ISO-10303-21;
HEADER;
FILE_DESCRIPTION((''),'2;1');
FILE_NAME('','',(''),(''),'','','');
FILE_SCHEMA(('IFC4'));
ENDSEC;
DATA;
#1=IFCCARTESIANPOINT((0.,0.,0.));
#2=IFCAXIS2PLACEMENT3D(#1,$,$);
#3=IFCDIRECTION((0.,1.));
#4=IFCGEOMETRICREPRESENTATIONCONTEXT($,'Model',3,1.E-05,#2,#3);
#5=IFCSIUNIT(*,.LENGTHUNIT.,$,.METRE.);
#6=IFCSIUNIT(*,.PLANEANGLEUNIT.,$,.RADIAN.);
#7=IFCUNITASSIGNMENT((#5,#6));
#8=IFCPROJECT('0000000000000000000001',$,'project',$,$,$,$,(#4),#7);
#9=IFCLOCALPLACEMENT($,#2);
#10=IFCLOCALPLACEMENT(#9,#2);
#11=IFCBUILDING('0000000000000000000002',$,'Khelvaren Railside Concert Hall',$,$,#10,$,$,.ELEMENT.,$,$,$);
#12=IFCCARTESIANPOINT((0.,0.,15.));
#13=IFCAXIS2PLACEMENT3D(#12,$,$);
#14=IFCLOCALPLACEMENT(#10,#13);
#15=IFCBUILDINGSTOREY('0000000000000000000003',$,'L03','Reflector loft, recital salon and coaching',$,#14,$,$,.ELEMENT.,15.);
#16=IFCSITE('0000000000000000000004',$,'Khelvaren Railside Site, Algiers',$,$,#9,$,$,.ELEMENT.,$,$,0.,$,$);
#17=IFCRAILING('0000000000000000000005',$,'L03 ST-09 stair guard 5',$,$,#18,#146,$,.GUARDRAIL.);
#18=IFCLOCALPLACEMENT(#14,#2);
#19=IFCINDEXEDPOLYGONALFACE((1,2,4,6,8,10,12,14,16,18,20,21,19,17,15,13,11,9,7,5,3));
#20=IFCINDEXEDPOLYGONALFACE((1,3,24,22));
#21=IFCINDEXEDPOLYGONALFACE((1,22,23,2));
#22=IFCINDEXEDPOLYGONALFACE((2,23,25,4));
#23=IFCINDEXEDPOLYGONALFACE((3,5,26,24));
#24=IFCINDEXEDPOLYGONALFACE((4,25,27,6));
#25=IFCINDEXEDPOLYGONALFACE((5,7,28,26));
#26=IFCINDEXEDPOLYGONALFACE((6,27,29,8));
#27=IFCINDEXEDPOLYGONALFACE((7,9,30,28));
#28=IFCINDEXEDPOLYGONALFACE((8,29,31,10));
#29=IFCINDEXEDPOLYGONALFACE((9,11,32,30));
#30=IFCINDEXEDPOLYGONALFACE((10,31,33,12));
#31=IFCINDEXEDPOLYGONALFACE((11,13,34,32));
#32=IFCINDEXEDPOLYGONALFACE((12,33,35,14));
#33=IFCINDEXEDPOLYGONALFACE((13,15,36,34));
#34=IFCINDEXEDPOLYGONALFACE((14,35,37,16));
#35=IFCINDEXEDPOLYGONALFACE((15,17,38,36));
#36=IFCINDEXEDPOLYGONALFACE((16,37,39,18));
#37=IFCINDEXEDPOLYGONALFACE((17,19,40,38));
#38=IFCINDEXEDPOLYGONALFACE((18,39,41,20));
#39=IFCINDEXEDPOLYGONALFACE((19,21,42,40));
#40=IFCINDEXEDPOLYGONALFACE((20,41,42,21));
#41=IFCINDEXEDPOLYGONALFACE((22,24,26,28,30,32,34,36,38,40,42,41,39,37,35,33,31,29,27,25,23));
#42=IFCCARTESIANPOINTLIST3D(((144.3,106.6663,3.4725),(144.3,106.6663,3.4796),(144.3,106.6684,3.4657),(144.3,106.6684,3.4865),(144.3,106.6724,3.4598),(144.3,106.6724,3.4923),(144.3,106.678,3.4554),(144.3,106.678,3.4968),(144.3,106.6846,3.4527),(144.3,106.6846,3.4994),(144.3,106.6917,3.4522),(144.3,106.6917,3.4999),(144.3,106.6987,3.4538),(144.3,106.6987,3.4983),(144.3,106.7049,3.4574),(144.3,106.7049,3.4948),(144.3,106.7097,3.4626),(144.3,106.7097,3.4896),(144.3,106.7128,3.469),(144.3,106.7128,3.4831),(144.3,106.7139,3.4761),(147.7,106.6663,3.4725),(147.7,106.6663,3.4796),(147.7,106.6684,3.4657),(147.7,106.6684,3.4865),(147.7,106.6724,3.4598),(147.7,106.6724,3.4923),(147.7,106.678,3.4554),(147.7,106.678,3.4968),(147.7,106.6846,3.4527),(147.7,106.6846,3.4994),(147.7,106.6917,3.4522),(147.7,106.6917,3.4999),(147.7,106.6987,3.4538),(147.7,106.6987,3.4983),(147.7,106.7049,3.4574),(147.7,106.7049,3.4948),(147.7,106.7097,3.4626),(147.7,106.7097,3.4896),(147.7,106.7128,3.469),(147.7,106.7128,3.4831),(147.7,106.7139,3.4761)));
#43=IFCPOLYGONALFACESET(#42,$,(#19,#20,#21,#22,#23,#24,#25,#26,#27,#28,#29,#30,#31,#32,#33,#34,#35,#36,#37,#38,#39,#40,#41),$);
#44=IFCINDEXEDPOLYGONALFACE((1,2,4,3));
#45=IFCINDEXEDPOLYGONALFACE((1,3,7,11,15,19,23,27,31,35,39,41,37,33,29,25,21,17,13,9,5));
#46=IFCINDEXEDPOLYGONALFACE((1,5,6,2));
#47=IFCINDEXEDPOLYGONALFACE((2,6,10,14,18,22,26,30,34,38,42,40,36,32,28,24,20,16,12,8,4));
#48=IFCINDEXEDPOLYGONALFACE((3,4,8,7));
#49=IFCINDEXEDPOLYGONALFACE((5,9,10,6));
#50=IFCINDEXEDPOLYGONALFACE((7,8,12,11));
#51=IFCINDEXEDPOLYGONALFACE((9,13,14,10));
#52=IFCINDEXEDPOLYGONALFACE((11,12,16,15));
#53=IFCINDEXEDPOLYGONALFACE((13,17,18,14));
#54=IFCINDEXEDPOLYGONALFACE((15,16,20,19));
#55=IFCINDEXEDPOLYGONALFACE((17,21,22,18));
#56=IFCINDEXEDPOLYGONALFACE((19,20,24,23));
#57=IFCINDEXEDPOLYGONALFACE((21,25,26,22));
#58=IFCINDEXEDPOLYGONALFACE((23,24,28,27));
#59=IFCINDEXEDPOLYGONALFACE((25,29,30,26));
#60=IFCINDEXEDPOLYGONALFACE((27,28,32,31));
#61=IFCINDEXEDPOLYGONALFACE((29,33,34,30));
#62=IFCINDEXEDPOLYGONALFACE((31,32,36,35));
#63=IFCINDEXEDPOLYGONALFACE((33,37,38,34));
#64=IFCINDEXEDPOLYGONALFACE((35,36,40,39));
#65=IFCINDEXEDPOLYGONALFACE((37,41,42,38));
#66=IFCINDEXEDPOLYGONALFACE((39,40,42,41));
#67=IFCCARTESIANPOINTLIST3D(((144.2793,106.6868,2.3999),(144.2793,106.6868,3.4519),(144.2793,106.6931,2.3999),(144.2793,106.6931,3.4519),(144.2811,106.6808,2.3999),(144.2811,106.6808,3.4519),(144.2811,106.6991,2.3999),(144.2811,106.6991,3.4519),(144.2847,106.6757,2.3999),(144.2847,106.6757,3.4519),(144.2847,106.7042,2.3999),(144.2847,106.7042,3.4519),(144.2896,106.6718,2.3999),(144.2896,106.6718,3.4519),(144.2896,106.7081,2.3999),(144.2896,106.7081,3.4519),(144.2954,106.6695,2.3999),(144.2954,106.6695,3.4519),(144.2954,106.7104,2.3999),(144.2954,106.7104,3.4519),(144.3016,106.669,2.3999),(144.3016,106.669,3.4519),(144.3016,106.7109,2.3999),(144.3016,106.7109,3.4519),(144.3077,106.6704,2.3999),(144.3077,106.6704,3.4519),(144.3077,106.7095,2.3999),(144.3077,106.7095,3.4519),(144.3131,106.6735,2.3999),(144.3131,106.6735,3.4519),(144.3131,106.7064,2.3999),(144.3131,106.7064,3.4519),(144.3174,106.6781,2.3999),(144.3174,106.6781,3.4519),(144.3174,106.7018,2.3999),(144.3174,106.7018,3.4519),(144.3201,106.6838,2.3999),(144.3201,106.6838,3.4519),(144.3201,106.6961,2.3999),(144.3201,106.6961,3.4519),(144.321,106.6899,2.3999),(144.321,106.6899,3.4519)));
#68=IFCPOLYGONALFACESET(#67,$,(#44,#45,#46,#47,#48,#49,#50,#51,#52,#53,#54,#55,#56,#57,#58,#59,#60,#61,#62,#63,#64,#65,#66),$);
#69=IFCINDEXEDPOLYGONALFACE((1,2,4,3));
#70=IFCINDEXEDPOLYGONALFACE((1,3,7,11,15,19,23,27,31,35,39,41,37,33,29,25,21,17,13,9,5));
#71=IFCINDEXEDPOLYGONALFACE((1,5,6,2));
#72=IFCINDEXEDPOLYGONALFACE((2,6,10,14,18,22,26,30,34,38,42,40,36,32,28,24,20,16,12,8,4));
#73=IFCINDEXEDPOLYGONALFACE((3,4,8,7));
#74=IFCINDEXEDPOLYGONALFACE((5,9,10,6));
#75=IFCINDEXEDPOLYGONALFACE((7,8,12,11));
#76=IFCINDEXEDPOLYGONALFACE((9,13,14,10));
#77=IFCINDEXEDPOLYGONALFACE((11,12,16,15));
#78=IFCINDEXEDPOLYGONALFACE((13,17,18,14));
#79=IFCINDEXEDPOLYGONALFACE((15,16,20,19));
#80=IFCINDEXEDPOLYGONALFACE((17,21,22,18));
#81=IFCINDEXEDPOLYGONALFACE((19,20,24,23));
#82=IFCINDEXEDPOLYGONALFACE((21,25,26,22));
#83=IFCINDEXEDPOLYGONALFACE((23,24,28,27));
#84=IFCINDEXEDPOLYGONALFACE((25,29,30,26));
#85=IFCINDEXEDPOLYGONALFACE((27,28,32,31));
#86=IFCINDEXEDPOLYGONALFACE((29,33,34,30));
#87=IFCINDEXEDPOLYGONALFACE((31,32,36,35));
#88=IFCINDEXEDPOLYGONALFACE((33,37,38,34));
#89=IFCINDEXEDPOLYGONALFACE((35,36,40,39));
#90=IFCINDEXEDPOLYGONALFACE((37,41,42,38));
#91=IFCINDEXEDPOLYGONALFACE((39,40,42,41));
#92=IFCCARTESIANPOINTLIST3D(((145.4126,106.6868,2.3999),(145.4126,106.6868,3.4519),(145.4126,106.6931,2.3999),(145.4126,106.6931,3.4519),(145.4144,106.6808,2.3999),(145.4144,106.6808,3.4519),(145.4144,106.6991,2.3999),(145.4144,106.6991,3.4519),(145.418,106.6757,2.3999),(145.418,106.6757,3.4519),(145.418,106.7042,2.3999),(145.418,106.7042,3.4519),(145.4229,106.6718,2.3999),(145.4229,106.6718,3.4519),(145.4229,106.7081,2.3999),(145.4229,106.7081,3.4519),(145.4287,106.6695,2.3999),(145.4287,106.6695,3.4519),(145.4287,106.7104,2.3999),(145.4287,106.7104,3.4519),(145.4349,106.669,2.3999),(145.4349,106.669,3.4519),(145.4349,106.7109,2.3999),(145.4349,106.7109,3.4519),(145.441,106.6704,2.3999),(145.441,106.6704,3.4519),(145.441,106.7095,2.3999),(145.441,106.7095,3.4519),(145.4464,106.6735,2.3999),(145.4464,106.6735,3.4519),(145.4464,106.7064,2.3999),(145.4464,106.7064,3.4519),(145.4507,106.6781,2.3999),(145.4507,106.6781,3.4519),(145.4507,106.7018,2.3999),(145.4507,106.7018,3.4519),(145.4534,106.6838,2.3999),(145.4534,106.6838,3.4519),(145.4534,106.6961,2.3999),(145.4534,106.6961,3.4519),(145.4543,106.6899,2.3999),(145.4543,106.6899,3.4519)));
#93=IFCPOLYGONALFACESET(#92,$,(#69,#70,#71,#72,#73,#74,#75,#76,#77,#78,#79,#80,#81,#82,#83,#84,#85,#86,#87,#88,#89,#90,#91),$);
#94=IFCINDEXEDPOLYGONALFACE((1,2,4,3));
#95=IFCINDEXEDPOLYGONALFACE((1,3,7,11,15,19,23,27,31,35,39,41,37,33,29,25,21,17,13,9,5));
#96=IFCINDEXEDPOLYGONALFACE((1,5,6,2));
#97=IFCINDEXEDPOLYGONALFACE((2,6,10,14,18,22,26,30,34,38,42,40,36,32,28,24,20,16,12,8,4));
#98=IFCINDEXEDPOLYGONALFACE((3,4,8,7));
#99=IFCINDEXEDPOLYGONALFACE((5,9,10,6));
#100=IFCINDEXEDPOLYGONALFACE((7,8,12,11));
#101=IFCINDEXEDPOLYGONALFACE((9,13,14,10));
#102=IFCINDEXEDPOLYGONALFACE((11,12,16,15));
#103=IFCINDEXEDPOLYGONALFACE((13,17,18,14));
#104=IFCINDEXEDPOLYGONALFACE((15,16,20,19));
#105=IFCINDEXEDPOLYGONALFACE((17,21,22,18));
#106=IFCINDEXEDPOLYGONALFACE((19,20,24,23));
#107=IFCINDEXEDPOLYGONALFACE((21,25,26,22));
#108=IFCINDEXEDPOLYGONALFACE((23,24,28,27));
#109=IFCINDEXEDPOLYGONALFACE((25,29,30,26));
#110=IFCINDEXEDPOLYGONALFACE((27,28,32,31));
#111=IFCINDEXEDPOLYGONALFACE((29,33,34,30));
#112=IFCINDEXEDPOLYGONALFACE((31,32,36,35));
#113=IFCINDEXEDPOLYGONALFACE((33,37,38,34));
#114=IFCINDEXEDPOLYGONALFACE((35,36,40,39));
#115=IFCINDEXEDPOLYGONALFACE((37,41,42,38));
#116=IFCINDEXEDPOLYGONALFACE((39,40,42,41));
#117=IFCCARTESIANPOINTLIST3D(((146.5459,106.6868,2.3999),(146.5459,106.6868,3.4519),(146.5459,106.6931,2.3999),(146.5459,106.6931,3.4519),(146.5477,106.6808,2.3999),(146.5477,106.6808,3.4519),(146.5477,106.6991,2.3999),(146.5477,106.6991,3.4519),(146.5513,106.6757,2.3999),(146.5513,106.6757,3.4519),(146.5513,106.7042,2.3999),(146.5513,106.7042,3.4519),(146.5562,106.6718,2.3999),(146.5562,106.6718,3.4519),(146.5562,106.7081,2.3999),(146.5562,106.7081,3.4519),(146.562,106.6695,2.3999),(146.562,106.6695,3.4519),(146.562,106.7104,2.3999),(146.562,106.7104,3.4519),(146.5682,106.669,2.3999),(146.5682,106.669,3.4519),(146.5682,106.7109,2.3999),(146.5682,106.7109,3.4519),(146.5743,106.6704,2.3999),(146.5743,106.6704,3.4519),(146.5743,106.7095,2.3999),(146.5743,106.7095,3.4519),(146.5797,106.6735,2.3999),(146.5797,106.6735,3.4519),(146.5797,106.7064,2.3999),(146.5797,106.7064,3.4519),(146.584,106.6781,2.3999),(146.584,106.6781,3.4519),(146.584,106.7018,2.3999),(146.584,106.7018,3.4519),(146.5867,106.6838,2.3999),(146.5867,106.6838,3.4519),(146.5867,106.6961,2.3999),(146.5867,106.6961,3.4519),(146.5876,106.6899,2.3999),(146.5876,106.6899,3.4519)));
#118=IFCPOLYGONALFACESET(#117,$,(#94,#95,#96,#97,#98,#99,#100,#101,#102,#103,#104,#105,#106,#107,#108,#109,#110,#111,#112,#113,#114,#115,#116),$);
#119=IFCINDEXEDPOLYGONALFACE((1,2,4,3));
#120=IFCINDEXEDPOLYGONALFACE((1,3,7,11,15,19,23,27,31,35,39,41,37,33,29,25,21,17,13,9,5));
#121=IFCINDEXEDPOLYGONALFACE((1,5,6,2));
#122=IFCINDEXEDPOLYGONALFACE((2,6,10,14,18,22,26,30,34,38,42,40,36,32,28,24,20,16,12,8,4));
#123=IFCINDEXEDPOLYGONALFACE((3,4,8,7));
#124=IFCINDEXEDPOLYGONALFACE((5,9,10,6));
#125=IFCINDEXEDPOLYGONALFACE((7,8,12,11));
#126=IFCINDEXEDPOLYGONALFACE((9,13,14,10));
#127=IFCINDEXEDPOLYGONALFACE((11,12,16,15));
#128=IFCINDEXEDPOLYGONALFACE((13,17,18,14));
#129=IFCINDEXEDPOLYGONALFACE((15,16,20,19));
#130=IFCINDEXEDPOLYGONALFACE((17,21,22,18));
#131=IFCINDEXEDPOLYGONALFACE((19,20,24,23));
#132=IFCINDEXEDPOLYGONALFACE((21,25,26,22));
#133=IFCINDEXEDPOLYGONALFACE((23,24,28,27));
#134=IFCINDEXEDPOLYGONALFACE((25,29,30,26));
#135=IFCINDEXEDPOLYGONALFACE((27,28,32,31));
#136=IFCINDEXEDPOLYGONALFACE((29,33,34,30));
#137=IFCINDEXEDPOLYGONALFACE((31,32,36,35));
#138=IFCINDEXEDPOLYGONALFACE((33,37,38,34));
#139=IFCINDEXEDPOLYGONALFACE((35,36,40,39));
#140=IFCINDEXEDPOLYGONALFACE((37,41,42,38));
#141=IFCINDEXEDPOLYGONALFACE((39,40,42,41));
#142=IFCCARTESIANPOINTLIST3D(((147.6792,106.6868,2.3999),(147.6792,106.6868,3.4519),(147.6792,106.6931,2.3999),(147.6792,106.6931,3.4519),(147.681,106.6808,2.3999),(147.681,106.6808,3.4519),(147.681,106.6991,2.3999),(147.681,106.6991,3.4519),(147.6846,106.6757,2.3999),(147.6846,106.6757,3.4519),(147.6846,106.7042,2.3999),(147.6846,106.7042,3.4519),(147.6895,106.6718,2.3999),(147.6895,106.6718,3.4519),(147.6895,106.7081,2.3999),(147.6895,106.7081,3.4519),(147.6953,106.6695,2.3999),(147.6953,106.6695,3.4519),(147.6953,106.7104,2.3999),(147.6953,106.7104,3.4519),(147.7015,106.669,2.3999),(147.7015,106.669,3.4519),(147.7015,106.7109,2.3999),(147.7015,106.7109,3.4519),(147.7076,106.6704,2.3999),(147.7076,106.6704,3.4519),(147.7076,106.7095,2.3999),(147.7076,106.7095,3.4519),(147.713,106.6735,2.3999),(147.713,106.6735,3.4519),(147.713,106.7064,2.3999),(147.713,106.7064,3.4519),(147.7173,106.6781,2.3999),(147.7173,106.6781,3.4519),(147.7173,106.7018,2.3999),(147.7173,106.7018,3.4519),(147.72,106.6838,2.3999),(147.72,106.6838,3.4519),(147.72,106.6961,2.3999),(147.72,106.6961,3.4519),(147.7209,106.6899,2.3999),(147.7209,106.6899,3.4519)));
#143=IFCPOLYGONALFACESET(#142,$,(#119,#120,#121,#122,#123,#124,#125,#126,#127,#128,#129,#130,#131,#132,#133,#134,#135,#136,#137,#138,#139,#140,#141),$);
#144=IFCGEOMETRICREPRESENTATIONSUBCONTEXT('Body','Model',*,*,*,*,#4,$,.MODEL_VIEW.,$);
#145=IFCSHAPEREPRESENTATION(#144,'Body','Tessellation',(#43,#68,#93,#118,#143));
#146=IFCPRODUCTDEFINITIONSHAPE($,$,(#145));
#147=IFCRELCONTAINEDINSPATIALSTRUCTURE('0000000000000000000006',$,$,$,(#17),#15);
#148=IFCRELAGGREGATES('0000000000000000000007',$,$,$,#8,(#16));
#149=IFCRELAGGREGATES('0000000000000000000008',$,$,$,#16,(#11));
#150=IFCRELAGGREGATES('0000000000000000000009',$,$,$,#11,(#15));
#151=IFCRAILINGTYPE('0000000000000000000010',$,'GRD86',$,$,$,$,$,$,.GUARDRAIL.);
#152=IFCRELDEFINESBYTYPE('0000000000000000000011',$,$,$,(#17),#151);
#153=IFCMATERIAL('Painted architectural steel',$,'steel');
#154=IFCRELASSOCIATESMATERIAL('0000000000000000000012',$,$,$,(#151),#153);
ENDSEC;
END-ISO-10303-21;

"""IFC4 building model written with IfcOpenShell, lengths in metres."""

from ifc_helpers import new_model, si_unit, direction, frame, origin, origin_2d, place, context, subcontext, project, spatial, circle, extrude, material, type_object, element, save


model = new_model("IFC4")

# Units and contexts
model_context = context("Model", 3, precision=1e-05, world=origin(), true_north=direction((0.0, 1.0)))
body_context = subcontext(model_context, "Body", "Model", "MODEL_VIEW")
ifc_project = project(units=[si_unit("LENGTHUNIT", "METRE"), si_unit("PLANEANGLEUNIT", "RADIAN")], contexts=[model_context])

# Site, building, storey
site_placement = place(None, origin())
site = spatial("IfcSite", under=ifc_project, at=site_placement, Name="Khelvaren Railside Site, Algiers", CompositionType="ELEMENT", RefElevation=0.0)
building_placement = place(site_placement, origin())
building = spatial("IfcBuilding", under=site, at=building_placement, Name="Khelvaren Railside Concert Hall", CompositionType="ELEMENT")
storey_placement = place(building_placement, frame((0.0, 0.0, 15.0)))
storey = spatial("IfcBuildingStorey", under=building, at=storey_placement, Name="L03", Description="Reflector loft, recital salon and coaching", CompositionType="ELEMENT", Elevation=15.0)

# Railing
ifc_material_1 = material(Name="Painted architectural steel", Category="steel")
railing_type = type_object("IfcRailingType", Name="GRD86", PredefinedType="GUARDRAIL", material=ifc_material_1)
railing_1_placement = place(storey_placement, frame((144.3, 106.6899, 2.3999)))
element("IfcRailing", 1, at=railing_1_placement, inside=storey, type_object=railing_type, Name="L03 ST-09 stair guard 5", PredefinedType="GUARDRAIL", context=body_context, shape_type="SweptSolid", body=[
    extrude(circle(Radius=0.0239, at=origin_2d()), frame((0.0, 0.0, 1.0762), z_axis=(1.0, 0.0, 0.0), x_axis=(0.0, 1.0, 0.0)), (0.0, 0.0, 1.0), 3.3999),
    extrude(circle(Radius=0.021, at=origin_2d()), origin(), (0.0, 0.0, 1.0), 1.052),
    extrude(circle(Radius=0.021, at=origin_2d()), frame((1.1333, 0.0, 0.0)), (0.0, 0.0, 1.0), 1.052),
    extrude(circle(Radius=0.021, at=origin_2d()), frame((2.2666, 0.0, 0.0)), (0.0, 0.0, 1.0), 1.052),
    extrude(circle(Radius=0.021, at=origin_2d()), frame((3.3999, 0.0, 0.0)), (0.0, 0.0, 1.0), 1.052),
])

save(model, "model.ifc")
